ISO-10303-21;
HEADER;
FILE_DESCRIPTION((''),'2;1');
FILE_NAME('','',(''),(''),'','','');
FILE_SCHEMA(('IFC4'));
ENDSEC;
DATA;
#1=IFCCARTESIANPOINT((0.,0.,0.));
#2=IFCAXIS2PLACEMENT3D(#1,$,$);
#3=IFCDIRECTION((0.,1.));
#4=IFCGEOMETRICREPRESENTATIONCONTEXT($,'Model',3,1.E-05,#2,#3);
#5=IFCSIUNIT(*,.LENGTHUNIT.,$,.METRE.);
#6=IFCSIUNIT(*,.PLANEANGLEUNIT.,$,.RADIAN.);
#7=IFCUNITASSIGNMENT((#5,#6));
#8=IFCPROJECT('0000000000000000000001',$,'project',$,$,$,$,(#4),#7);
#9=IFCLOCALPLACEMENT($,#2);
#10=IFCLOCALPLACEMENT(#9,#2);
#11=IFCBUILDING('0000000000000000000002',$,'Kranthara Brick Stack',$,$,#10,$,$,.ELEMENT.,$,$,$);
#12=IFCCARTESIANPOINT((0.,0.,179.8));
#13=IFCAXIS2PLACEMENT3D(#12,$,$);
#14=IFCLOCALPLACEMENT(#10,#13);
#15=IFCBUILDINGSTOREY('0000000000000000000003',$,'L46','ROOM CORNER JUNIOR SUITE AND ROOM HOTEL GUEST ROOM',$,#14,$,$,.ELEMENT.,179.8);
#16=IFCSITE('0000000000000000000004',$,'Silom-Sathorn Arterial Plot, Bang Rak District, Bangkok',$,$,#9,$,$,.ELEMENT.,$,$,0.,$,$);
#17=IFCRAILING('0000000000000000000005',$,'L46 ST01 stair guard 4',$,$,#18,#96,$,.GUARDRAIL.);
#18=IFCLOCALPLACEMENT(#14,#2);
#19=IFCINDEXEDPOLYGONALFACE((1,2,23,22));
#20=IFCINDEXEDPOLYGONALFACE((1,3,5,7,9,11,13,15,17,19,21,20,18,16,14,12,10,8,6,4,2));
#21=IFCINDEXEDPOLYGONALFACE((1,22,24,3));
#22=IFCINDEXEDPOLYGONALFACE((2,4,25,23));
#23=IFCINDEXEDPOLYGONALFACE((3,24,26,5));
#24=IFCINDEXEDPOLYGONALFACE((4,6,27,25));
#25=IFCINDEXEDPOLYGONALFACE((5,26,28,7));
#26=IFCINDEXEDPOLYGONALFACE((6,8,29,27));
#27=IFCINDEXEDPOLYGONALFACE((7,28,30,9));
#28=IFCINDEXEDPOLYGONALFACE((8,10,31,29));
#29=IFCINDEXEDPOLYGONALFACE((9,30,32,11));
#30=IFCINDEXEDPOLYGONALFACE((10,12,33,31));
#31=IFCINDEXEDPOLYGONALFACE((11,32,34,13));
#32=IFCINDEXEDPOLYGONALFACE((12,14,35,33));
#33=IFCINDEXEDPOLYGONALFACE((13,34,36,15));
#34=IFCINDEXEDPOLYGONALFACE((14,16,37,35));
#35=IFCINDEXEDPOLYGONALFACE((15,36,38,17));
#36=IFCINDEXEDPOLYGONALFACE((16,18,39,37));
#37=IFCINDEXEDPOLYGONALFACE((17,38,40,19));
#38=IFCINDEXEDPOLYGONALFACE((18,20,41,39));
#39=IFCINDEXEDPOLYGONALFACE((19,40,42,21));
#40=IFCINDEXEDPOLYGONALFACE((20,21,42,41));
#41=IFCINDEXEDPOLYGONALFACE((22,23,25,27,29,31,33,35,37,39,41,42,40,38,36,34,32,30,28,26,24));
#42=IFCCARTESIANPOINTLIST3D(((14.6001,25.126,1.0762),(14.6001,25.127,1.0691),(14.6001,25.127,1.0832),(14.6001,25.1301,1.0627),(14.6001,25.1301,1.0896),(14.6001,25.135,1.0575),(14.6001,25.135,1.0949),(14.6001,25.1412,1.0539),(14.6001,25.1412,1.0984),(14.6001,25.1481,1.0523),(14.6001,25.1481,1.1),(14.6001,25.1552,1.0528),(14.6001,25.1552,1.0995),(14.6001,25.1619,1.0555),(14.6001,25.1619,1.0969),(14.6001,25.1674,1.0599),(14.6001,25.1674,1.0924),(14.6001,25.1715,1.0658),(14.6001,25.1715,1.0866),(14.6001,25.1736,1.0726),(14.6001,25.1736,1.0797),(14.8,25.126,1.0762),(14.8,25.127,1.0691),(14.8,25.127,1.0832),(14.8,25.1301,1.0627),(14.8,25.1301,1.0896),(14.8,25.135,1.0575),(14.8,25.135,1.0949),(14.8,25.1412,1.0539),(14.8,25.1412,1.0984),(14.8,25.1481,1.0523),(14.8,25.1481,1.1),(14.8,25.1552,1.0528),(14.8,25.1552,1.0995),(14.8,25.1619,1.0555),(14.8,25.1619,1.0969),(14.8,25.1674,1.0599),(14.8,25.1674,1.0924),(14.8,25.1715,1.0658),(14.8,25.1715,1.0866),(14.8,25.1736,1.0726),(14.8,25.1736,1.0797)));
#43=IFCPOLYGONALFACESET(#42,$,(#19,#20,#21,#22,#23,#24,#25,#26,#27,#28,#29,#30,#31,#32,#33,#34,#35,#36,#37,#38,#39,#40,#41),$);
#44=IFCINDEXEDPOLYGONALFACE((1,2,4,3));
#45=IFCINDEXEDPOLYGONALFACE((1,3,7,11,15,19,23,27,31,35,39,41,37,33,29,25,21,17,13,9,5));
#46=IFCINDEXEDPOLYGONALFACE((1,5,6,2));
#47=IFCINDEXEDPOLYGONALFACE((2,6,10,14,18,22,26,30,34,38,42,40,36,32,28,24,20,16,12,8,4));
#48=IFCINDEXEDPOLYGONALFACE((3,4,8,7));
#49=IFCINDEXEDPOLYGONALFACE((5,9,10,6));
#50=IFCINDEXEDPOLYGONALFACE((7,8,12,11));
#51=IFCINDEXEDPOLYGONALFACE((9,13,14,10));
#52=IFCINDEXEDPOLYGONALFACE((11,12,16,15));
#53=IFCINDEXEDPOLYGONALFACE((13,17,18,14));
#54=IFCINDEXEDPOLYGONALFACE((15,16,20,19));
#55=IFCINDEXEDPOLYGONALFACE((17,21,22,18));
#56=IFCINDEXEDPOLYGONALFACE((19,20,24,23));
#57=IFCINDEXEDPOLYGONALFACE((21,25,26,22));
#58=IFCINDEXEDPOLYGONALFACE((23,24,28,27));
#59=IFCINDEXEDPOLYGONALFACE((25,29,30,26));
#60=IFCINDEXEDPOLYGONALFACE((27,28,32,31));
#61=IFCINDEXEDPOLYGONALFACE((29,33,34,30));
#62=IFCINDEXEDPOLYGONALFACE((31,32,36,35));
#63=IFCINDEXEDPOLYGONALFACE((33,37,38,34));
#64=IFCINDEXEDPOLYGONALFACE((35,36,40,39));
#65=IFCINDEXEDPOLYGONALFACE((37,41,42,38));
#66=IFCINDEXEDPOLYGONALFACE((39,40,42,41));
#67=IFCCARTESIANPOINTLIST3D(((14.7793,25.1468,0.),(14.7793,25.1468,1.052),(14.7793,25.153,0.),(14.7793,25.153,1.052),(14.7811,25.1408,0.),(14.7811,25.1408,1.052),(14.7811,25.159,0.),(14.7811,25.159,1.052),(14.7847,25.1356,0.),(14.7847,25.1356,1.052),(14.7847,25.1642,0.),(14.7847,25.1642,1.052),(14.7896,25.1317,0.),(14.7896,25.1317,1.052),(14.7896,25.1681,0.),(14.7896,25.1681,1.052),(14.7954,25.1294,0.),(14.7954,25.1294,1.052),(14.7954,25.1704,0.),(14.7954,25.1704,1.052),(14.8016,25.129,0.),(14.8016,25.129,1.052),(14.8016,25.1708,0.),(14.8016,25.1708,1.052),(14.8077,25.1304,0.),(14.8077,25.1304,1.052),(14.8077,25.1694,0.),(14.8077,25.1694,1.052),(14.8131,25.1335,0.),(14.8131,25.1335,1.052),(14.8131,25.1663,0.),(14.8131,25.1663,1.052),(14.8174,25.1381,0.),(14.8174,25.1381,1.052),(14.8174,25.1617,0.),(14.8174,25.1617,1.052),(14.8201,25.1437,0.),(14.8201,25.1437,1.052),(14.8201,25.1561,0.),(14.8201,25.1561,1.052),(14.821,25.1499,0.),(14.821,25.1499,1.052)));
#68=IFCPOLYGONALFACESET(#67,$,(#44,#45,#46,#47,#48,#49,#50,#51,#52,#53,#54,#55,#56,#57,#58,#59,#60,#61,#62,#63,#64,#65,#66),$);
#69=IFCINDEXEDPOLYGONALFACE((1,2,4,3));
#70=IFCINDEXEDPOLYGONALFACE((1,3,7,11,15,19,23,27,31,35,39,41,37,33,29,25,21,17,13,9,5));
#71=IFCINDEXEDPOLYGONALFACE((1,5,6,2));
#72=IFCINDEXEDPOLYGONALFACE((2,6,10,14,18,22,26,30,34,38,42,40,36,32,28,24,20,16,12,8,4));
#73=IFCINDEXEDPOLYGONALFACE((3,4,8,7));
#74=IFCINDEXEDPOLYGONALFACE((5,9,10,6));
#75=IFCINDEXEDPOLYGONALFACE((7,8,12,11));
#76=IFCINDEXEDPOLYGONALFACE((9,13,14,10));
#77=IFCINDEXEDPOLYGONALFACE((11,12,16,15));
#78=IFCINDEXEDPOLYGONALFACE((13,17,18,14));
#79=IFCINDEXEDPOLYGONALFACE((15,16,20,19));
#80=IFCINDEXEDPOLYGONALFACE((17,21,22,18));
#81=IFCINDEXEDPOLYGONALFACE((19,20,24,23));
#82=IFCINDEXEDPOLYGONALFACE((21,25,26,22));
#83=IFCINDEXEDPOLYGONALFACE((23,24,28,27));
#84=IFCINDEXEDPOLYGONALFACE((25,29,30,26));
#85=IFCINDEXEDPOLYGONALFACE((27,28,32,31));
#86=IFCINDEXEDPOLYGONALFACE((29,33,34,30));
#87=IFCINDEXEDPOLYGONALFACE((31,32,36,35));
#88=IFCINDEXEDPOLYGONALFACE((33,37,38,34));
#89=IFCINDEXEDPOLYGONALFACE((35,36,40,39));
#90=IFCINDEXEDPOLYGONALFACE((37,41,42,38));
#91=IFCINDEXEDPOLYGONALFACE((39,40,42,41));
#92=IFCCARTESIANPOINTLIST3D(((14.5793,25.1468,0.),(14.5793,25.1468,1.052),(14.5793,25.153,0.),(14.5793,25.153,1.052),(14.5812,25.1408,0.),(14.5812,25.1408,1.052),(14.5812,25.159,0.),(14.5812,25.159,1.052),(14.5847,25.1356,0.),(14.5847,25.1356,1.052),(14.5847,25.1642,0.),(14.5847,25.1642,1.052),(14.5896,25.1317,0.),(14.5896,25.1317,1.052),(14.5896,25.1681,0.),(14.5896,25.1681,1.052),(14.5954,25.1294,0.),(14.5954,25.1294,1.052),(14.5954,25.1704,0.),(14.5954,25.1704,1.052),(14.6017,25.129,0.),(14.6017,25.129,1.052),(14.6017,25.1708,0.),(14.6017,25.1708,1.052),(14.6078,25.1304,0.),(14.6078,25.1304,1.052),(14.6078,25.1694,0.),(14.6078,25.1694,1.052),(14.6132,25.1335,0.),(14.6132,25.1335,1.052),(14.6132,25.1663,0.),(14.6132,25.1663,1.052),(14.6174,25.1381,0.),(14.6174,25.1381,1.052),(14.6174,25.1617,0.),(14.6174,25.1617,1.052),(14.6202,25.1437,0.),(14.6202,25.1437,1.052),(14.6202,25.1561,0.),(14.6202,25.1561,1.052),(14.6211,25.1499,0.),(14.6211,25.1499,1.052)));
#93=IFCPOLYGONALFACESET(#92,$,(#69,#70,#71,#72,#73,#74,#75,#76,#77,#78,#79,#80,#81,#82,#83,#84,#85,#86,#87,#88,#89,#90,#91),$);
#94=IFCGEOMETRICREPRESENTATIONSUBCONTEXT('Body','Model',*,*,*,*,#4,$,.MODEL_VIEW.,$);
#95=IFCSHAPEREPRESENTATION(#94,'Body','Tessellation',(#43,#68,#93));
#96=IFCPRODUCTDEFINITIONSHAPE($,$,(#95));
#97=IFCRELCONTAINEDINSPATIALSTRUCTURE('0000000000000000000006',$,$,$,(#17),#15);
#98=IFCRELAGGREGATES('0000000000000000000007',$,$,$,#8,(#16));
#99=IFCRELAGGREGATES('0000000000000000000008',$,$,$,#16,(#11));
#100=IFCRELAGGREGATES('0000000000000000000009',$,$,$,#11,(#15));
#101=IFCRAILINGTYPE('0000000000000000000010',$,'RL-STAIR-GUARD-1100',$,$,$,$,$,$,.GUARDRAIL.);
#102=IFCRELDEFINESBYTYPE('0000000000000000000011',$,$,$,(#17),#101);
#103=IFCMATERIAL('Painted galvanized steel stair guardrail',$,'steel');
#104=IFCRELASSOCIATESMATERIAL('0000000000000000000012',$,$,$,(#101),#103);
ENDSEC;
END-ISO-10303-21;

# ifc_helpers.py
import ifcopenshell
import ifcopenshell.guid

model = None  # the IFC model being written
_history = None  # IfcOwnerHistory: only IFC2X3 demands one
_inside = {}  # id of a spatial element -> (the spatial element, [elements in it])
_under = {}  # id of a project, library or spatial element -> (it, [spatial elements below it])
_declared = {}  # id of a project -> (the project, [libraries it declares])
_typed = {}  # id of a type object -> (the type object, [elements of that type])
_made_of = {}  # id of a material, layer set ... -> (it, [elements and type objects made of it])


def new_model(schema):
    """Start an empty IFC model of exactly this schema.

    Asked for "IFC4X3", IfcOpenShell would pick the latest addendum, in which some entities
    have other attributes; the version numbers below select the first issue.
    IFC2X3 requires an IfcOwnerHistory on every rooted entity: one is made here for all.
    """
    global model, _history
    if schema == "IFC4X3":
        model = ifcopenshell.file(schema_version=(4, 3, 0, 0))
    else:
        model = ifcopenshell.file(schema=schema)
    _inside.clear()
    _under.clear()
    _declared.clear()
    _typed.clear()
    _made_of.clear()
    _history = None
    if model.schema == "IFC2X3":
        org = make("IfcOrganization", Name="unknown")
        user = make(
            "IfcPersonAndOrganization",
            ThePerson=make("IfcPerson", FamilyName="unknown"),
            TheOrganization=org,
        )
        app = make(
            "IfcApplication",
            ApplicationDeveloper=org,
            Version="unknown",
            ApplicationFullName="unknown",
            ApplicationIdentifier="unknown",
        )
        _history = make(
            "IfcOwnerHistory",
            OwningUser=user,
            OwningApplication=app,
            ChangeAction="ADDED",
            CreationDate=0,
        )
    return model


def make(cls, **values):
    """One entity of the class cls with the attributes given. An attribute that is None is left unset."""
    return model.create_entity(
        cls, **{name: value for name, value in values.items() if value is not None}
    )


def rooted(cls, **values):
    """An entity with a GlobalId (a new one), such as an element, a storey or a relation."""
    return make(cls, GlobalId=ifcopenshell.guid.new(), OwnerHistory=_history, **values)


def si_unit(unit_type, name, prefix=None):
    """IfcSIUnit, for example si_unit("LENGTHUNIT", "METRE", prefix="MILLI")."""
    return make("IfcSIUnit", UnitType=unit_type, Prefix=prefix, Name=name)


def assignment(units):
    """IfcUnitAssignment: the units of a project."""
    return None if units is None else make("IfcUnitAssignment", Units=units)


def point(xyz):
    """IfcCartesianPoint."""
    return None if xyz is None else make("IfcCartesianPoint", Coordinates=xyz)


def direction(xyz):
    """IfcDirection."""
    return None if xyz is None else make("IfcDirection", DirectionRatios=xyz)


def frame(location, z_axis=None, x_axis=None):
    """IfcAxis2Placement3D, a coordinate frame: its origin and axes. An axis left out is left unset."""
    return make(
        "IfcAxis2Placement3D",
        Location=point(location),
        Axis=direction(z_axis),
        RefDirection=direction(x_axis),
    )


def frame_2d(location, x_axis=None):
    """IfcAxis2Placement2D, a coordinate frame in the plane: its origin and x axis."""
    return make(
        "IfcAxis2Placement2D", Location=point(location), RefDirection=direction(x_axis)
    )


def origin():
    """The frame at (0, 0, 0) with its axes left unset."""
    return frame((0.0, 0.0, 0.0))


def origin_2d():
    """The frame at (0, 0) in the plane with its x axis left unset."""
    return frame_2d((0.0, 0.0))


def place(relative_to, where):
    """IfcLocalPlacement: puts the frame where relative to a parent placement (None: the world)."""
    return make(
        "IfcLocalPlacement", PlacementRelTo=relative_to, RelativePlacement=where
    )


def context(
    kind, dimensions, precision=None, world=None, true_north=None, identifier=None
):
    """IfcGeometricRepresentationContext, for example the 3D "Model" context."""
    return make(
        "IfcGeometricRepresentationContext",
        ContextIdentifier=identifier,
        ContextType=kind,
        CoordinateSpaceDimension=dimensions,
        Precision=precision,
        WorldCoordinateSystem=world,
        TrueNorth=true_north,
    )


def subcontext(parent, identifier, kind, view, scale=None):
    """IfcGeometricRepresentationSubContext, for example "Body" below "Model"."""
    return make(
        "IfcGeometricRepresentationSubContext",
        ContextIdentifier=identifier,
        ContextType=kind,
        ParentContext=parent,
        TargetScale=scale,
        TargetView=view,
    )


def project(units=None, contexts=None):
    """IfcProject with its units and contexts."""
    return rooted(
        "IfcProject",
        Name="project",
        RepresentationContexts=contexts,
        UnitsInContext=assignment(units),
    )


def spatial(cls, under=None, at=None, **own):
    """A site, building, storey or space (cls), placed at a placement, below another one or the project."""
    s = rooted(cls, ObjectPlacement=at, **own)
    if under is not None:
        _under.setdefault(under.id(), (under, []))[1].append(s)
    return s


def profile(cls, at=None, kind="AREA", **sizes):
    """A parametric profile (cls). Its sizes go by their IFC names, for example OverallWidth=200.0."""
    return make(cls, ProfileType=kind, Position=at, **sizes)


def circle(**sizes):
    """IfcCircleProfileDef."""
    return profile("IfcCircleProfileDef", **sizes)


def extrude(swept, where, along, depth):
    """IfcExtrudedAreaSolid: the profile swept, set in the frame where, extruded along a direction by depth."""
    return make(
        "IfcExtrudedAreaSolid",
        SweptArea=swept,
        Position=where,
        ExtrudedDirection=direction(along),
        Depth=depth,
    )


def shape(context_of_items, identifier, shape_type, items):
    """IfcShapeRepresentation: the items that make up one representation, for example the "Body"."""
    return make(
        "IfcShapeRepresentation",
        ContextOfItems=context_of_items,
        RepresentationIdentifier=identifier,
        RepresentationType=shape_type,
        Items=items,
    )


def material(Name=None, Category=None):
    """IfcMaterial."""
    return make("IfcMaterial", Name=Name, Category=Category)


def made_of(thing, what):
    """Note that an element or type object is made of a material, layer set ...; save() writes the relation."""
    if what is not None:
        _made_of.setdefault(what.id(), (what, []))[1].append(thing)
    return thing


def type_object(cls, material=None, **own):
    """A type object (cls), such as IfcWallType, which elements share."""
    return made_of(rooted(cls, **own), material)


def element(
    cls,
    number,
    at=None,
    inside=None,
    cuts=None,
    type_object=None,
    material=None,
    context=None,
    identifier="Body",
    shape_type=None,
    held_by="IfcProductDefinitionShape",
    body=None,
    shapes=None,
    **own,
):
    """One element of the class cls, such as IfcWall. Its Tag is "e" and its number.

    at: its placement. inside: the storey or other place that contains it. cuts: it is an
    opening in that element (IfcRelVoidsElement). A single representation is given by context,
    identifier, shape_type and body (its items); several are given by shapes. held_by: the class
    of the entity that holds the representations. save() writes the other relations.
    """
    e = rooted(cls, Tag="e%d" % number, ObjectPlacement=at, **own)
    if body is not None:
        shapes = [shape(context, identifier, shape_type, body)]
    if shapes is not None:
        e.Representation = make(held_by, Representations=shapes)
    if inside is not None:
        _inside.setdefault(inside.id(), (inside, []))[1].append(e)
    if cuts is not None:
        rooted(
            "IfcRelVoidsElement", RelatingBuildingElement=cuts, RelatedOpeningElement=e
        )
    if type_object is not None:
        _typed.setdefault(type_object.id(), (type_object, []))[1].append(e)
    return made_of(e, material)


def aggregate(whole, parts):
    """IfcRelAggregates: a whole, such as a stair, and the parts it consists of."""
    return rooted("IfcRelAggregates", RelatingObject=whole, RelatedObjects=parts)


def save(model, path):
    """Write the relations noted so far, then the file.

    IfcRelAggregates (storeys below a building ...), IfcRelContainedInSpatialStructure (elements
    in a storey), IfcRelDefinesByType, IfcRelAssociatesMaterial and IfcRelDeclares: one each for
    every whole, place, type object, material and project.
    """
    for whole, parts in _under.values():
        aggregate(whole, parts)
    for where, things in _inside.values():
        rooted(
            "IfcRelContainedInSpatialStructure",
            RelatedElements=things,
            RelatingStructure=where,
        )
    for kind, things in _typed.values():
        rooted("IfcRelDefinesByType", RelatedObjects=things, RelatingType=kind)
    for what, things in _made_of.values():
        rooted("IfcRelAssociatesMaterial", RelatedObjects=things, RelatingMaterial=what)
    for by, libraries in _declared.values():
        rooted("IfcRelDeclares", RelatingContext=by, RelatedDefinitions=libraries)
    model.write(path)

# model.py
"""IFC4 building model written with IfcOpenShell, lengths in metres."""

from ifc_helpers import new_model, si_unit, direction, frame, origin, origin_2d, place, context, subcontext, project, spatial, circle, extrude, material, type_object, element, save


model = new_model("IFC4")

# Units and contexts
model_context = context("Model", 3, precision=1e-05, world=origin(), true_north=direction((0.0, 1.0)))
body_context = subcontext(model_context, "Body", "Model", "MODEL_VIEW")
ifc_project = project(units=[si_unit("LENGTHUNIT", "METRE"), si_unit("PLANEANGLEUNIT", "RADIAN")], contexts=[model_context])

# Site, building, storey
site_placement = place(None, origin())
site = spatial("IfcSite", under=ifc_project, at=site_placement, Name="Silom-Sathorn Arterial Plot, Bang Rak District, Bangkok", CompositionType="ELEMENT", RefElevation=0.0)
building_placement = place(site_placement, origin())
building = spatial("IfcBuilding", under=site, at=building_placement, Name="Kranthara Brick Stack", CompositionType="ELEMENT")
storey_placement = place(building_placement, frame((0.0, 0.0, 179.8)))
storey = spatial("IfcBuildingStorey", under=building, at=storey_placement, Name="L46", Description="ROOM CORNER JUNIOR SUITE AND ROOM HOTEL GUEST ROOM", CompositionType="ELEMENT", Elevation=179.8)

# Railing
ifc_material_1 = material(Name="Painted galvanized steel stair guardrail", Category="steel")
railing_type_1 = type_object("IfcRailingType", Name="RL-STAIR-GUARD-1100", PredefinedType="GUARDRAIL", material=ifc_material_1)
railing_1_placement = place(storey_placement, frame((14.8, 25.1499, 0.0)))
element("IfcRailing", 1, at=railing_1_placement, inside=storey, type_object=railing_type_1, Name="L46 ST01 stair guard 4", PredefinedType="GUARDRAIL", context=body_context, shape_type="SweptSolid", body=[
    extrude(circle(Radius=0.0239, at=origin_2d()), frame((0.0, 0.0, 1.0762), z_axis=(-1.0, 0.0, 0.0), x_axis=(0.0, -1.0, 0.0)), (0.0, 0.0, 1.0), 0.2),
    extrude(circle(Radius=0.021, at=origin_2d()), origin(), (0.0, 0.0, 1.0), 1.052),
    extrude(circle(Radius=0.021, at=origin_2d()), frame((-0.2, 0.0, 0.0)), (0.0, 0.0, 1.0), 1.052),
])

save(model, "model.ifc")
